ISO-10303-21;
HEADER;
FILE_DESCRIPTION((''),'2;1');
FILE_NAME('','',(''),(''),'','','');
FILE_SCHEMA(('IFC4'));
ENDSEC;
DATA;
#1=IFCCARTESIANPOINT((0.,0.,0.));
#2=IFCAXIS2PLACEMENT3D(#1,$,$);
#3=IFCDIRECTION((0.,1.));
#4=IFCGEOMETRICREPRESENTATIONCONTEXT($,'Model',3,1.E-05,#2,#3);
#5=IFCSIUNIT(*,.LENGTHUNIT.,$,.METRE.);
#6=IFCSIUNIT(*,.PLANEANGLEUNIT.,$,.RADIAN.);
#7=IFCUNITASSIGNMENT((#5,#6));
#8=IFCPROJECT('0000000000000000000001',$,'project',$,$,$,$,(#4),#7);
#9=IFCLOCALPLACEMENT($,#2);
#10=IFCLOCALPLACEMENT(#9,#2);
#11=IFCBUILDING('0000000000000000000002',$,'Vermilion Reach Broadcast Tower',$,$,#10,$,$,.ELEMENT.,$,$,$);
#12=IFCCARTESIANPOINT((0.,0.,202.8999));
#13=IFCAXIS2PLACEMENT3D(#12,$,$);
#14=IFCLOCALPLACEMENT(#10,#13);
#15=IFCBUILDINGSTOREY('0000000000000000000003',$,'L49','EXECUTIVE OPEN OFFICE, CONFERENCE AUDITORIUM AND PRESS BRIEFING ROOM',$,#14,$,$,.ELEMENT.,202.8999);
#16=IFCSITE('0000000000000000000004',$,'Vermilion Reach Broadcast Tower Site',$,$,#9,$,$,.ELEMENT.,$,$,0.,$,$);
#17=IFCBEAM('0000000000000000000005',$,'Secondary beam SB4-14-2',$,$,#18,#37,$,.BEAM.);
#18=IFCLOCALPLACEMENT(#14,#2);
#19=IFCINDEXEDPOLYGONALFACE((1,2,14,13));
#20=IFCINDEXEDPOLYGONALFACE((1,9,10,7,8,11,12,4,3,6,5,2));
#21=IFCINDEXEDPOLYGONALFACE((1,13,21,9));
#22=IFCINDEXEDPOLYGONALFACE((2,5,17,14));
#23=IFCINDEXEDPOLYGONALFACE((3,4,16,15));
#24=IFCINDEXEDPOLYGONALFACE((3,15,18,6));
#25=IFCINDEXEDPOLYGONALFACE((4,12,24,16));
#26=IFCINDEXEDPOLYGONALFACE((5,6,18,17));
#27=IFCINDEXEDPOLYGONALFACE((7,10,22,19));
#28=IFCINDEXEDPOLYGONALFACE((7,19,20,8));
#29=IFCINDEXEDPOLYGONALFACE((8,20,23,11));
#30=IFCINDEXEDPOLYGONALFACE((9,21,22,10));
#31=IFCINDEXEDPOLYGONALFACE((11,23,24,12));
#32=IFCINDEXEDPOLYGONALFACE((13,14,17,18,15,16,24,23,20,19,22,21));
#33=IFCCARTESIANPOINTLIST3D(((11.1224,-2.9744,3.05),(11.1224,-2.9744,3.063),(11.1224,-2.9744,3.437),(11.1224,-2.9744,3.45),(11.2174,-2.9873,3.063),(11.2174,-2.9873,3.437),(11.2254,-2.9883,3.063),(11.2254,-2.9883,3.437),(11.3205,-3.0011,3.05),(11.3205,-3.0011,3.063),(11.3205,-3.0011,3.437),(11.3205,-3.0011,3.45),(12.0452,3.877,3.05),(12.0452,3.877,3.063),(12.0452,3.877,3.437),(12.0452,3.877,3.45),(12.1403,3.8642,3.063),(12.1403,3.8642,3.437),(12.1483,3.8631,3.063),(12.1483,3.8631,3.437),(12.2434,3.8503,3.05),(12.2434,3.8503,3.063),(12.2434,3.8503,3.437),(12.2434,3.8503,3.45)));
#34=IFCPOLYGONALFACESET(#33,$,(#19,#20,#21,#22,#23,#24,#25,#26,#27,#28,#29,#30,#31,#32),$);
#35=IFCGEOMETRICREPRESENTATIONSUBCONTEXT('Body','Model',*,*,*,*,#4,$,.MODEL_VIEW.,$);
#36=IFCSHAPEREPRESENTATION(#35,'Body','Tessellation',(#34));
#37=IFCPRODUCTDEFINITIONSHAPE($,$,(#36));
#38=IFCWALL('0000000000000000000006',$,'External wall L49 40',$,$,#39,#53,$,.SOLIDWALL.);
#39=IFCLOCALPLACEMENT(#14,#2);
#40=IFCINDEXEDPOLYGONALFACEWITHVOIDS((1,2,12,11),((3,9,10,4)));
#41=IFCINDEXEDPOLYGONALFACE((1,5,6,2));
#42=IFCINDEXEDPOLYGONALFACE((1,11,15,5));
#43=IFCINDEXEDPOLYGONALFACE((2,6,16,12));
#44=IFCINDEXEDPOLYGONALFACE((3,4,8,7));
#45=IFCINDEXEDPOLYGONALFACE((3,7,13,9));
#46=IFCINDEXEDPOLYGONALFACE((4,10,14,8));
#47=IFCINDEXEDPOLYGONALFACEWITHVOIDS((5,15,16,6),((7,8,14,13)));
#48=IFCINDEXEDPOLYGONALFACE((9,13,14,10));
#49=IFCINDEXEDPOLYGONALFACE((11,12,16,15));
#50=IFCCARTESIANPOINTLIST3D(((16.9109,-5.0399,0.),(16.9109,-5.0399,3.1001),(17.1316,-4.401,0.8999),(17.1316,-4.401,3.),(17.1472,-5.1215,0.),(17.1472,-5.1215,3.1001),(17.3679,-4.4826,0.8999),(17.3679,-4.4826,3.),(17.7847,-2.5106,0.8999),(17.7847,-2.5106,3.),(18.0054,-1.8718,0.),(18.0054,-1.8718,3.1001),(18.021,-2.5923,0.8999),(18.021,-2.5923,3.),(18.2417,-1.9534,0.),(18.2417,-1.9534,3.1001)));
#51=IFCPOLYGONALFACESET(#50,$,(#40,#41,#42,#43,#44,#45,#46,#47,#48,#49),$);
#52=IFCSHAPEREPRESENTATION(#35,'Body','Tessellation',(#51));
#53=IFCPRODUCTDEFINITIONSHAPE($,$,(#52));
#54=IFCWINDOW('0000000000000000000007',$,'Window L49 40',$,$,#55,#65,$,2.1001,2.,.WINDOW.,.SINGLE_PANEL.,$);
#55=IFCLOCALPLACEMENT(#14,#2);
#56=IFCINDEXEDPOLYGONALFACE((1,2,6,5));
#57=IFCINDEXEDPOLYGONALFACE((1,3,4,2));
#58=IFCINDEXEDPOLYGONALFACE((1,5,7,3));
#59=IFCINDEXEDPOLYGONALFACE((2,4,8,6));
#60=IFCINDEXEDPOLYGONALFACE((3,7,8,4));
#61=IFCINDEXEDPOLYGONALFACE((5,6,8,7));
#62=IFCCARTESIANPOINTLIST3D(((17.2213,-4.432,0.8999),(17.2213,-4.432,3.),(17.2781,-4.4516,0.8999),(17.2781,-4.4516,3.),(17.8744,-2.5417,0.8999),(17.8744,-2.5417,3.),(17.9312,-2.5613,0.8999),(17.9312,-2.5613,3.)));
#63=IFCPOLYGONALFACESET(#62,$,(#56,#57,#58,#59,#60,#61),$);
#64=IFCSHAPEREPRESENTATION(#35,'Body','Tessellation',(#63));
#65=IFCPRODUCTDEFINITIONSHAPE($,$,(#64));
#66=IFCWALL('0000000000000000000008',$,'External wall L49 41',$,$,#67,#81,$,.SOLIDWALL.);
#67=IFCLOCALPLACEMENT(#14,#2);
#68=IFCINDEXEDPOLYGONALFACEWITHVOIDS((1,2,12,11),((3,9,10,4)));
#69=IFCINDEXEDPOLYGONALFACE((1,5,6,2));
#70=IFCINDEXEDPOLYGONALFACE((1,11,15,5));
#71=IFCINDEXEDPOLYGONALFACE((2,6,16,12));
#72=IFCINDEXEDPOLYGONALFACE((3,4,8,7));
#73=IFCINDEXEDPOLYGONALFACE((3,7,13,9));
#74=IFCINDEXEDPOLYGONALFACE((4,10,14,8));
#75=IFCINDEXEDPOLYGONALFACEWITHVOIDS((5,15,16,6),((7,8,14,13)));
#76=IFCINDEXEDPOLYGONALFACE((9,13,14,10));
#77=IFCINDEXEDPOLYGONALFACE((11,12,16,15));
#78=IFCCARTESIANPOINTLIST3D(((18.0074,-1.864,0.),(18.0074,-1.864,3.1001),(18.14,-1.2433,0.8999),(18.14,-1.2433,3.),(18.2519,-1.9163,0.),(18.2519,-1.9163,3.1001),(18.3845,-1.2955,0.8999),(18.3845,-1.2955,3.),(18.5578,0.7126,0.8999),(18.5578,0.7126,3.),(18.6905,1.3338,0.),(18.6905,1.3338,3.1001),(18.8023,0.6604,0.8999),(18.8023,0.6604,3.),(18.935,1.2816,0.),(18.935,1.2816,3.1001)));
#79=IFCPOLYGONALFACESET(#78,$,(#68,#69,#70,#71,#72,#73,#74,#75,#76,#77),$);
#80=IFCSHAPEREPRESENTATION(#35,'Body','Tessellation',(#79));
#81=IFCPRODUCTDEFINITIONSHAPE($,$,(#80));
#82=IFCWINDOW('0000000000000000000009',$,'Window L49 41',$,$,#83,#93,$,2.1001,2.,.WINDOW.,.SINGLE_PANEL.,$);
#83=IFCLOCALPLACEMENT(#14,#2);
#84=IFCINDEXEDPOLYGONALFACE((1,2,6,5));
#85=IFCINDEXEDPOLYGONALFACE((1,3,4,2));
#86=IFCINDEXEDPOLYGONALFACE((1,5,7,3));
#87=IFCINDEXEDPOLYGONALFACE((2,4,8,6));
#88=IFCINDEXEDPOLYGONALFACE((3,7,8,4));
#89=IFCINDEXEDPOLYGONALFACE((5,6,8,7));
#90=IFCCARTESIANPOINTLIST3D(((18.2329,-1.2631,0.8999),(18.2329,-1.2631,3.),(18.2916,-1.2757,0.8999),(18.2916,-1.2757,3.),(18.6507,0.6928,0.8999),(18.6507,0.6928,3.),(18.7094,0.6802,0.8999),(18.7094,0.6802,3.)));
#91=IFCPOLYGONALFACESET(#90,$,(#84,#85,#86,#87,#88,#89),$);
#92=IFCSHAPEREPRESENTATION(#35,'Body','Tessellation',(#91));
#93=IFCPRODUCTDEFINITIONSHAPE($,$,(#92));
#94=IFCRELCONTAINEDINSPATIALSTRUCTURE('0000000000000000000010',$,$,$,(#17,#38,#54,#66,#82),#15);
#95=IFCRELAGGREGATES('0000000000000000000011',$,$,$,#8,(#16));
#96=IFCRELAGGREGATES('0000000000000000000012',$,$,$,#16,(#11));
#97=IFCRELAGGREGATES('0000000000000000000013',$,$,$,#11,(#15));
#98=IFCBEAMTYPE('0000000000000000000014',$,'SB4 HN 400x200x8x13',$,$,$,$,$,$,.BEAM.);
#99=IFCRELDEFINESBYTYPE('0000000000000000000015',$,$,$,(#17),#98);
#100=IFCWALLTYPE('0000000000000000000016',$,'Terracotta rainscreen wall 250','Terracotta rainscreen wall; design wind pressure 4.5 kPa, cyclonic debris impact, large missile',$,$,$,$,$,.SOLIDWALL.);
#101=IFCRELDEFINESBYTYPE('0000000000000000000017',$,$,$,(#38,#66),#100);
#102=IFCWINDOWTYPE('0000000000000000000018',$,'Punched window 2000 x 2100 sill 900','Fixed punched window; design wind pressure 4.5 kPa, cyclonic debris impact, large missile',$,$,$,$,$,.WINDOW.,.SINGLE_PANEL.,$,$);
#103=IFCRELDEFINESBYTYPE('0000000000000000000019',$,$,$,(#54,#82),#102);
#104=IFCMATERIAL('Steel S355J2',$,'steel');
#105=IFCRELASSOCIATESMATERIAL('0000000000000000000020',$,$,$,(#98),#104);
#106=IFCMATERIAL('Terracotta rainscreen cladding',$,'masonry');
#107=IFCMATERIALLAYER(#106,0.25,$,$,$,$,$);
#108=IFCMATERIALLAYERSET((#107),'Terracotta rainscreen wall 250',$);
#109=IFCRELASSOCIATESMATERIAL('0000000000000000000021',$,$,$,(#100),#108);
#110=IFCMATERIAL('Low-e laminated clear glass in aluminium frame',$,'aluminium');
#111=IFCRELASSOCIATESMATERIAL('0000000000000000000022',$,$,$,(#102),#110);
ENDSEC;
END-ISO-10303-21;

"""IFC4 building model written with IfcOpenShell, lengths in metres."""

from ifc_helpers import new_model, si_unit, direction, frame, frame_2d, origin, origin_2d, place, context, subcontext, project, spatial, rectangle, i_section, extrude, material, layer, layer_set, material_profile, profile_set, type_object, element, fill, save


model = new_model("IFC4")

# Units and contexts
model_context = context("Model", 3, precision=1e-05, world=origin(), true_north=direction((0.0, 1.0)))
body_context = subcontext(model_context, "Body", "Model", "MODEL_VIEW")
ifc_project = project(units=[si_unit("LENGTHUNIT", "METRE"), si_unit("PLANEANGLEUNIT", "RADIAN")], contexts=[model_context])

# Site, building, storey
site_placement = place(None, origin())
site = spatial("IfcSite", under=ifc_project, at=site_placement, Name="Vermilion Reach Broadcast Tower Site", CompositionType="ELEMENT", RefElevation=0.0)
building_placement = place(site_placement, origin())
building = spatial("IfcBuilding", under=site, at=building_placement, Name="Vermilion Reach Broadcast Tower", CompositionType="ELEMENT")
storey_placement = place(building_placement, frame((0.0, 0.0, 202.8999)))
storey = spatial("IfcBuildingStorey", under=building, at=storey_placement, Name="L49", Description="EXECUTIVE OPEN OFFICE, CONFERENCE AUDITORIUM AND PRESS BRIEFING ROOM", CompositionType="ELEMENT", Elevation=202.8999)

# Beam
ifc_material_1 = material(Name="Steel S355J2", Category="steel")
ifc_material_profile_1 = material_profile(ifc_material_1, i_section(OverallWidth=0.2, OverallDepth=0.3999, WebThickness=0.0081, FlangeThickness=0.0129, at=origin_2d()), Name="S355J2 HN 400x200x8x13")
ifc_profile_set_1 = profile_set([ifc_material_profile_1], Name="Steel S355J2")
beam_type_1 = type_object("IfcBeamType", Name="SB4 HN 400x200x8x13", PredefinedType="BEAM", material=ifc_profile_set_1)
beam_1_placement = place(storey_placement, frame((11.2214, -2.9878, 3.25), z_axis=(0.133487, 0.991051, 0.0), x_axis=(-0.991051, 0.133487, 0.0)))
element("IfcBeam", 1, at=beam_1_placement, inside=storey, type_object=beam_type_1, Name="Secondary beam SB4-14-2", PredefinedType="BEAM", context=body_context, shape_type="SweptSolid", body=[
    extrude(i_section(OverallWidth=0.2, OverallDepth=0.3999, WebThickness=0.0081, FlangeThickness=0.0129, at=origin_2d()), origin(), (0.0, 0.0, 1.0), 6.9133),
])

# Shared definitions
ifc_material_2 = material(Name="Terracotta rainscreen cladding", Category="masonry")
ifc_layer = layer(ifc_material_2, 0.25)
ifc_layer_set = layer_set([ifc_layer], Name="Terracotta rainscreen wall 250")
wall_type = type_object("IfcWallType", Name="Terracotta rainscreen wall 250", Description="Terracotta rainscreen wall; design wind pressure 4.5 kPa, cyclonic debris impact, large missile", PredefinedType="SOLIDWALL", material=ifc_layer_set)

# Walls, openings, windows
wall_1_placement = place(storey_placement, frame((17.0291, -5.0806, 0.0), z_axis=(0.0, 0.0, 1.0), x_axis=(0.326545, 0.945182, 0.0)))
wall_1 = element("IfcWall", 2, at=wall_1_placement, inside=storey, type_object=wall_type, Name="External wall L49 40", PredefinedType="SOLIDWALL", context=body_context, shape_type="SweptSolid", body=[
    extrude(rectangle(XDim=3.3518, YDim=0.25, at=frame_2d((1.6758, 0.0))), origin(), (0.0, 0.0, 1.0), 3.1001),
])
opening_1_placement = place(wall_1_placement, frame((0.6758, 0.0, 0.8999)))
opening_1 = element("IfcOpeningElement", 3, at=opening_1_placement, cuts=wall_1, PredefinedType="OPENING", context=body_context, shape_type="SweptSolid", body=[
    extrude(rectangle(XDim=2.0, YDim=2.1001, at=frame_2d((1.0, 1.05))), frame((0.0, 0.135, 0.0), z_axis=(0.0, -1.0, 0.0), x_axis=(1.0, 0.0, 0.0)), (0.0, 0.0, 1.0), 0.27),
])
ifc_material_3 = material(Name="Low-e laminated clear glass in aluminium frame", Category="aluminium")
window_type = type_object("IfcWindowType", Name="Punched window 2000 x 2100 sill 900", Description="Fixed punched window; design wind pressure 4.5 kPa, cyclonic debris impact, large missile", PartitioningType="SINGLE_PANEL", PredefinedType="WINDOW", material=ifc_material_3)
window_1_placement = place(opening_1_placement, origin())
window_1 = element("IfcWindow", 4, at=window_1_placement, inside=storey, type_object=window_type, Name="Window L49 40", OverallHeight=2.1001, OverallWidth=2.0, PartitioningType="SINGLE_PANEL", PredefinedType="WINDOW", context=body_context, shape_type="SweptSolid", body=[
    extrude(rectangle(XDim=2.0, YDim=2.1001, at=frame_2d((1.0, 1.05))), frame((0.0, 0.03, 0.0), z_axis=(0.0, -1.0, 0.0), x_axis=(1.0, 0.0, 0.0)), (0.0, 0.0, 1.0), 0.0601),
])
fill(opening_1, window_1)
wall_2_placement = place(storey_placement, frame((18.1296, -1.8901, 0.0), z_axis=(0.0, 0.0, 1.0), x_axis=(0.208907, 0.977936, 0.0)))
wall_2 = element("IfcWall", 5, at=wall_2_placement, inside=storey, type_object=wall_type, Name="External wall L49 41", PredefinedType="SOLIDWALL", context=body_context, shape_type="SweptSolid", body=[
    extrude(rectangle(XDim=3.27, YDim=0.25, at=frame_2d((1.635, 0.0))), origin(), (0.0, 0.0, 1.0), 3.1001),
])
opening_2_placement = place(wall_2_placement, frame((0.6348, 0.0, 0.8999)))
opening_2 = element("IfcOpeningElement", 6, at=opening_2_placement, cuts=wall_2, PredefinedType="OPENING", context=body_context, shape_type="SweptSolid", body=[
    extrude(rectangle(XDim=2.0, YDim=2.1001, at=frame_2d((1.0, 1.05))), frame((0.0, 0.135, 0.0), z_axis=(0.0, -1.0, 0.0), x_axis=(1.0, 0.0, 0.0)), (0.0, 0.0, 1.0), 0.27),
])
window_2_placement = place(opening_2_placement, origin())
window_2 = element("IfcWindow", 7, at=window_2_placement, inside=storey, type_object=window_type, Name="Window L49 41", OverallHeight=2.1001, OverallWidth=2.0, PartitioningType="SINGLE_PANEL", PredefinedType="WINDOW", context=body_context, shape_type="SweptSolid", body=[
    extrude(rectangle(XDim=2.0, YDim=2.1001, at=frame_2d((1.0, 1.05))), frame((0.0, 0.03, 0.0), z_axis=(0.0, -1.0, 0.0), x_axis=(1.0, 0.0, 0.0)), (0.0, 0.0, 1.0), 0.0601),
])
fill(opening_2, window_2)

save(model, "model.ifc")
